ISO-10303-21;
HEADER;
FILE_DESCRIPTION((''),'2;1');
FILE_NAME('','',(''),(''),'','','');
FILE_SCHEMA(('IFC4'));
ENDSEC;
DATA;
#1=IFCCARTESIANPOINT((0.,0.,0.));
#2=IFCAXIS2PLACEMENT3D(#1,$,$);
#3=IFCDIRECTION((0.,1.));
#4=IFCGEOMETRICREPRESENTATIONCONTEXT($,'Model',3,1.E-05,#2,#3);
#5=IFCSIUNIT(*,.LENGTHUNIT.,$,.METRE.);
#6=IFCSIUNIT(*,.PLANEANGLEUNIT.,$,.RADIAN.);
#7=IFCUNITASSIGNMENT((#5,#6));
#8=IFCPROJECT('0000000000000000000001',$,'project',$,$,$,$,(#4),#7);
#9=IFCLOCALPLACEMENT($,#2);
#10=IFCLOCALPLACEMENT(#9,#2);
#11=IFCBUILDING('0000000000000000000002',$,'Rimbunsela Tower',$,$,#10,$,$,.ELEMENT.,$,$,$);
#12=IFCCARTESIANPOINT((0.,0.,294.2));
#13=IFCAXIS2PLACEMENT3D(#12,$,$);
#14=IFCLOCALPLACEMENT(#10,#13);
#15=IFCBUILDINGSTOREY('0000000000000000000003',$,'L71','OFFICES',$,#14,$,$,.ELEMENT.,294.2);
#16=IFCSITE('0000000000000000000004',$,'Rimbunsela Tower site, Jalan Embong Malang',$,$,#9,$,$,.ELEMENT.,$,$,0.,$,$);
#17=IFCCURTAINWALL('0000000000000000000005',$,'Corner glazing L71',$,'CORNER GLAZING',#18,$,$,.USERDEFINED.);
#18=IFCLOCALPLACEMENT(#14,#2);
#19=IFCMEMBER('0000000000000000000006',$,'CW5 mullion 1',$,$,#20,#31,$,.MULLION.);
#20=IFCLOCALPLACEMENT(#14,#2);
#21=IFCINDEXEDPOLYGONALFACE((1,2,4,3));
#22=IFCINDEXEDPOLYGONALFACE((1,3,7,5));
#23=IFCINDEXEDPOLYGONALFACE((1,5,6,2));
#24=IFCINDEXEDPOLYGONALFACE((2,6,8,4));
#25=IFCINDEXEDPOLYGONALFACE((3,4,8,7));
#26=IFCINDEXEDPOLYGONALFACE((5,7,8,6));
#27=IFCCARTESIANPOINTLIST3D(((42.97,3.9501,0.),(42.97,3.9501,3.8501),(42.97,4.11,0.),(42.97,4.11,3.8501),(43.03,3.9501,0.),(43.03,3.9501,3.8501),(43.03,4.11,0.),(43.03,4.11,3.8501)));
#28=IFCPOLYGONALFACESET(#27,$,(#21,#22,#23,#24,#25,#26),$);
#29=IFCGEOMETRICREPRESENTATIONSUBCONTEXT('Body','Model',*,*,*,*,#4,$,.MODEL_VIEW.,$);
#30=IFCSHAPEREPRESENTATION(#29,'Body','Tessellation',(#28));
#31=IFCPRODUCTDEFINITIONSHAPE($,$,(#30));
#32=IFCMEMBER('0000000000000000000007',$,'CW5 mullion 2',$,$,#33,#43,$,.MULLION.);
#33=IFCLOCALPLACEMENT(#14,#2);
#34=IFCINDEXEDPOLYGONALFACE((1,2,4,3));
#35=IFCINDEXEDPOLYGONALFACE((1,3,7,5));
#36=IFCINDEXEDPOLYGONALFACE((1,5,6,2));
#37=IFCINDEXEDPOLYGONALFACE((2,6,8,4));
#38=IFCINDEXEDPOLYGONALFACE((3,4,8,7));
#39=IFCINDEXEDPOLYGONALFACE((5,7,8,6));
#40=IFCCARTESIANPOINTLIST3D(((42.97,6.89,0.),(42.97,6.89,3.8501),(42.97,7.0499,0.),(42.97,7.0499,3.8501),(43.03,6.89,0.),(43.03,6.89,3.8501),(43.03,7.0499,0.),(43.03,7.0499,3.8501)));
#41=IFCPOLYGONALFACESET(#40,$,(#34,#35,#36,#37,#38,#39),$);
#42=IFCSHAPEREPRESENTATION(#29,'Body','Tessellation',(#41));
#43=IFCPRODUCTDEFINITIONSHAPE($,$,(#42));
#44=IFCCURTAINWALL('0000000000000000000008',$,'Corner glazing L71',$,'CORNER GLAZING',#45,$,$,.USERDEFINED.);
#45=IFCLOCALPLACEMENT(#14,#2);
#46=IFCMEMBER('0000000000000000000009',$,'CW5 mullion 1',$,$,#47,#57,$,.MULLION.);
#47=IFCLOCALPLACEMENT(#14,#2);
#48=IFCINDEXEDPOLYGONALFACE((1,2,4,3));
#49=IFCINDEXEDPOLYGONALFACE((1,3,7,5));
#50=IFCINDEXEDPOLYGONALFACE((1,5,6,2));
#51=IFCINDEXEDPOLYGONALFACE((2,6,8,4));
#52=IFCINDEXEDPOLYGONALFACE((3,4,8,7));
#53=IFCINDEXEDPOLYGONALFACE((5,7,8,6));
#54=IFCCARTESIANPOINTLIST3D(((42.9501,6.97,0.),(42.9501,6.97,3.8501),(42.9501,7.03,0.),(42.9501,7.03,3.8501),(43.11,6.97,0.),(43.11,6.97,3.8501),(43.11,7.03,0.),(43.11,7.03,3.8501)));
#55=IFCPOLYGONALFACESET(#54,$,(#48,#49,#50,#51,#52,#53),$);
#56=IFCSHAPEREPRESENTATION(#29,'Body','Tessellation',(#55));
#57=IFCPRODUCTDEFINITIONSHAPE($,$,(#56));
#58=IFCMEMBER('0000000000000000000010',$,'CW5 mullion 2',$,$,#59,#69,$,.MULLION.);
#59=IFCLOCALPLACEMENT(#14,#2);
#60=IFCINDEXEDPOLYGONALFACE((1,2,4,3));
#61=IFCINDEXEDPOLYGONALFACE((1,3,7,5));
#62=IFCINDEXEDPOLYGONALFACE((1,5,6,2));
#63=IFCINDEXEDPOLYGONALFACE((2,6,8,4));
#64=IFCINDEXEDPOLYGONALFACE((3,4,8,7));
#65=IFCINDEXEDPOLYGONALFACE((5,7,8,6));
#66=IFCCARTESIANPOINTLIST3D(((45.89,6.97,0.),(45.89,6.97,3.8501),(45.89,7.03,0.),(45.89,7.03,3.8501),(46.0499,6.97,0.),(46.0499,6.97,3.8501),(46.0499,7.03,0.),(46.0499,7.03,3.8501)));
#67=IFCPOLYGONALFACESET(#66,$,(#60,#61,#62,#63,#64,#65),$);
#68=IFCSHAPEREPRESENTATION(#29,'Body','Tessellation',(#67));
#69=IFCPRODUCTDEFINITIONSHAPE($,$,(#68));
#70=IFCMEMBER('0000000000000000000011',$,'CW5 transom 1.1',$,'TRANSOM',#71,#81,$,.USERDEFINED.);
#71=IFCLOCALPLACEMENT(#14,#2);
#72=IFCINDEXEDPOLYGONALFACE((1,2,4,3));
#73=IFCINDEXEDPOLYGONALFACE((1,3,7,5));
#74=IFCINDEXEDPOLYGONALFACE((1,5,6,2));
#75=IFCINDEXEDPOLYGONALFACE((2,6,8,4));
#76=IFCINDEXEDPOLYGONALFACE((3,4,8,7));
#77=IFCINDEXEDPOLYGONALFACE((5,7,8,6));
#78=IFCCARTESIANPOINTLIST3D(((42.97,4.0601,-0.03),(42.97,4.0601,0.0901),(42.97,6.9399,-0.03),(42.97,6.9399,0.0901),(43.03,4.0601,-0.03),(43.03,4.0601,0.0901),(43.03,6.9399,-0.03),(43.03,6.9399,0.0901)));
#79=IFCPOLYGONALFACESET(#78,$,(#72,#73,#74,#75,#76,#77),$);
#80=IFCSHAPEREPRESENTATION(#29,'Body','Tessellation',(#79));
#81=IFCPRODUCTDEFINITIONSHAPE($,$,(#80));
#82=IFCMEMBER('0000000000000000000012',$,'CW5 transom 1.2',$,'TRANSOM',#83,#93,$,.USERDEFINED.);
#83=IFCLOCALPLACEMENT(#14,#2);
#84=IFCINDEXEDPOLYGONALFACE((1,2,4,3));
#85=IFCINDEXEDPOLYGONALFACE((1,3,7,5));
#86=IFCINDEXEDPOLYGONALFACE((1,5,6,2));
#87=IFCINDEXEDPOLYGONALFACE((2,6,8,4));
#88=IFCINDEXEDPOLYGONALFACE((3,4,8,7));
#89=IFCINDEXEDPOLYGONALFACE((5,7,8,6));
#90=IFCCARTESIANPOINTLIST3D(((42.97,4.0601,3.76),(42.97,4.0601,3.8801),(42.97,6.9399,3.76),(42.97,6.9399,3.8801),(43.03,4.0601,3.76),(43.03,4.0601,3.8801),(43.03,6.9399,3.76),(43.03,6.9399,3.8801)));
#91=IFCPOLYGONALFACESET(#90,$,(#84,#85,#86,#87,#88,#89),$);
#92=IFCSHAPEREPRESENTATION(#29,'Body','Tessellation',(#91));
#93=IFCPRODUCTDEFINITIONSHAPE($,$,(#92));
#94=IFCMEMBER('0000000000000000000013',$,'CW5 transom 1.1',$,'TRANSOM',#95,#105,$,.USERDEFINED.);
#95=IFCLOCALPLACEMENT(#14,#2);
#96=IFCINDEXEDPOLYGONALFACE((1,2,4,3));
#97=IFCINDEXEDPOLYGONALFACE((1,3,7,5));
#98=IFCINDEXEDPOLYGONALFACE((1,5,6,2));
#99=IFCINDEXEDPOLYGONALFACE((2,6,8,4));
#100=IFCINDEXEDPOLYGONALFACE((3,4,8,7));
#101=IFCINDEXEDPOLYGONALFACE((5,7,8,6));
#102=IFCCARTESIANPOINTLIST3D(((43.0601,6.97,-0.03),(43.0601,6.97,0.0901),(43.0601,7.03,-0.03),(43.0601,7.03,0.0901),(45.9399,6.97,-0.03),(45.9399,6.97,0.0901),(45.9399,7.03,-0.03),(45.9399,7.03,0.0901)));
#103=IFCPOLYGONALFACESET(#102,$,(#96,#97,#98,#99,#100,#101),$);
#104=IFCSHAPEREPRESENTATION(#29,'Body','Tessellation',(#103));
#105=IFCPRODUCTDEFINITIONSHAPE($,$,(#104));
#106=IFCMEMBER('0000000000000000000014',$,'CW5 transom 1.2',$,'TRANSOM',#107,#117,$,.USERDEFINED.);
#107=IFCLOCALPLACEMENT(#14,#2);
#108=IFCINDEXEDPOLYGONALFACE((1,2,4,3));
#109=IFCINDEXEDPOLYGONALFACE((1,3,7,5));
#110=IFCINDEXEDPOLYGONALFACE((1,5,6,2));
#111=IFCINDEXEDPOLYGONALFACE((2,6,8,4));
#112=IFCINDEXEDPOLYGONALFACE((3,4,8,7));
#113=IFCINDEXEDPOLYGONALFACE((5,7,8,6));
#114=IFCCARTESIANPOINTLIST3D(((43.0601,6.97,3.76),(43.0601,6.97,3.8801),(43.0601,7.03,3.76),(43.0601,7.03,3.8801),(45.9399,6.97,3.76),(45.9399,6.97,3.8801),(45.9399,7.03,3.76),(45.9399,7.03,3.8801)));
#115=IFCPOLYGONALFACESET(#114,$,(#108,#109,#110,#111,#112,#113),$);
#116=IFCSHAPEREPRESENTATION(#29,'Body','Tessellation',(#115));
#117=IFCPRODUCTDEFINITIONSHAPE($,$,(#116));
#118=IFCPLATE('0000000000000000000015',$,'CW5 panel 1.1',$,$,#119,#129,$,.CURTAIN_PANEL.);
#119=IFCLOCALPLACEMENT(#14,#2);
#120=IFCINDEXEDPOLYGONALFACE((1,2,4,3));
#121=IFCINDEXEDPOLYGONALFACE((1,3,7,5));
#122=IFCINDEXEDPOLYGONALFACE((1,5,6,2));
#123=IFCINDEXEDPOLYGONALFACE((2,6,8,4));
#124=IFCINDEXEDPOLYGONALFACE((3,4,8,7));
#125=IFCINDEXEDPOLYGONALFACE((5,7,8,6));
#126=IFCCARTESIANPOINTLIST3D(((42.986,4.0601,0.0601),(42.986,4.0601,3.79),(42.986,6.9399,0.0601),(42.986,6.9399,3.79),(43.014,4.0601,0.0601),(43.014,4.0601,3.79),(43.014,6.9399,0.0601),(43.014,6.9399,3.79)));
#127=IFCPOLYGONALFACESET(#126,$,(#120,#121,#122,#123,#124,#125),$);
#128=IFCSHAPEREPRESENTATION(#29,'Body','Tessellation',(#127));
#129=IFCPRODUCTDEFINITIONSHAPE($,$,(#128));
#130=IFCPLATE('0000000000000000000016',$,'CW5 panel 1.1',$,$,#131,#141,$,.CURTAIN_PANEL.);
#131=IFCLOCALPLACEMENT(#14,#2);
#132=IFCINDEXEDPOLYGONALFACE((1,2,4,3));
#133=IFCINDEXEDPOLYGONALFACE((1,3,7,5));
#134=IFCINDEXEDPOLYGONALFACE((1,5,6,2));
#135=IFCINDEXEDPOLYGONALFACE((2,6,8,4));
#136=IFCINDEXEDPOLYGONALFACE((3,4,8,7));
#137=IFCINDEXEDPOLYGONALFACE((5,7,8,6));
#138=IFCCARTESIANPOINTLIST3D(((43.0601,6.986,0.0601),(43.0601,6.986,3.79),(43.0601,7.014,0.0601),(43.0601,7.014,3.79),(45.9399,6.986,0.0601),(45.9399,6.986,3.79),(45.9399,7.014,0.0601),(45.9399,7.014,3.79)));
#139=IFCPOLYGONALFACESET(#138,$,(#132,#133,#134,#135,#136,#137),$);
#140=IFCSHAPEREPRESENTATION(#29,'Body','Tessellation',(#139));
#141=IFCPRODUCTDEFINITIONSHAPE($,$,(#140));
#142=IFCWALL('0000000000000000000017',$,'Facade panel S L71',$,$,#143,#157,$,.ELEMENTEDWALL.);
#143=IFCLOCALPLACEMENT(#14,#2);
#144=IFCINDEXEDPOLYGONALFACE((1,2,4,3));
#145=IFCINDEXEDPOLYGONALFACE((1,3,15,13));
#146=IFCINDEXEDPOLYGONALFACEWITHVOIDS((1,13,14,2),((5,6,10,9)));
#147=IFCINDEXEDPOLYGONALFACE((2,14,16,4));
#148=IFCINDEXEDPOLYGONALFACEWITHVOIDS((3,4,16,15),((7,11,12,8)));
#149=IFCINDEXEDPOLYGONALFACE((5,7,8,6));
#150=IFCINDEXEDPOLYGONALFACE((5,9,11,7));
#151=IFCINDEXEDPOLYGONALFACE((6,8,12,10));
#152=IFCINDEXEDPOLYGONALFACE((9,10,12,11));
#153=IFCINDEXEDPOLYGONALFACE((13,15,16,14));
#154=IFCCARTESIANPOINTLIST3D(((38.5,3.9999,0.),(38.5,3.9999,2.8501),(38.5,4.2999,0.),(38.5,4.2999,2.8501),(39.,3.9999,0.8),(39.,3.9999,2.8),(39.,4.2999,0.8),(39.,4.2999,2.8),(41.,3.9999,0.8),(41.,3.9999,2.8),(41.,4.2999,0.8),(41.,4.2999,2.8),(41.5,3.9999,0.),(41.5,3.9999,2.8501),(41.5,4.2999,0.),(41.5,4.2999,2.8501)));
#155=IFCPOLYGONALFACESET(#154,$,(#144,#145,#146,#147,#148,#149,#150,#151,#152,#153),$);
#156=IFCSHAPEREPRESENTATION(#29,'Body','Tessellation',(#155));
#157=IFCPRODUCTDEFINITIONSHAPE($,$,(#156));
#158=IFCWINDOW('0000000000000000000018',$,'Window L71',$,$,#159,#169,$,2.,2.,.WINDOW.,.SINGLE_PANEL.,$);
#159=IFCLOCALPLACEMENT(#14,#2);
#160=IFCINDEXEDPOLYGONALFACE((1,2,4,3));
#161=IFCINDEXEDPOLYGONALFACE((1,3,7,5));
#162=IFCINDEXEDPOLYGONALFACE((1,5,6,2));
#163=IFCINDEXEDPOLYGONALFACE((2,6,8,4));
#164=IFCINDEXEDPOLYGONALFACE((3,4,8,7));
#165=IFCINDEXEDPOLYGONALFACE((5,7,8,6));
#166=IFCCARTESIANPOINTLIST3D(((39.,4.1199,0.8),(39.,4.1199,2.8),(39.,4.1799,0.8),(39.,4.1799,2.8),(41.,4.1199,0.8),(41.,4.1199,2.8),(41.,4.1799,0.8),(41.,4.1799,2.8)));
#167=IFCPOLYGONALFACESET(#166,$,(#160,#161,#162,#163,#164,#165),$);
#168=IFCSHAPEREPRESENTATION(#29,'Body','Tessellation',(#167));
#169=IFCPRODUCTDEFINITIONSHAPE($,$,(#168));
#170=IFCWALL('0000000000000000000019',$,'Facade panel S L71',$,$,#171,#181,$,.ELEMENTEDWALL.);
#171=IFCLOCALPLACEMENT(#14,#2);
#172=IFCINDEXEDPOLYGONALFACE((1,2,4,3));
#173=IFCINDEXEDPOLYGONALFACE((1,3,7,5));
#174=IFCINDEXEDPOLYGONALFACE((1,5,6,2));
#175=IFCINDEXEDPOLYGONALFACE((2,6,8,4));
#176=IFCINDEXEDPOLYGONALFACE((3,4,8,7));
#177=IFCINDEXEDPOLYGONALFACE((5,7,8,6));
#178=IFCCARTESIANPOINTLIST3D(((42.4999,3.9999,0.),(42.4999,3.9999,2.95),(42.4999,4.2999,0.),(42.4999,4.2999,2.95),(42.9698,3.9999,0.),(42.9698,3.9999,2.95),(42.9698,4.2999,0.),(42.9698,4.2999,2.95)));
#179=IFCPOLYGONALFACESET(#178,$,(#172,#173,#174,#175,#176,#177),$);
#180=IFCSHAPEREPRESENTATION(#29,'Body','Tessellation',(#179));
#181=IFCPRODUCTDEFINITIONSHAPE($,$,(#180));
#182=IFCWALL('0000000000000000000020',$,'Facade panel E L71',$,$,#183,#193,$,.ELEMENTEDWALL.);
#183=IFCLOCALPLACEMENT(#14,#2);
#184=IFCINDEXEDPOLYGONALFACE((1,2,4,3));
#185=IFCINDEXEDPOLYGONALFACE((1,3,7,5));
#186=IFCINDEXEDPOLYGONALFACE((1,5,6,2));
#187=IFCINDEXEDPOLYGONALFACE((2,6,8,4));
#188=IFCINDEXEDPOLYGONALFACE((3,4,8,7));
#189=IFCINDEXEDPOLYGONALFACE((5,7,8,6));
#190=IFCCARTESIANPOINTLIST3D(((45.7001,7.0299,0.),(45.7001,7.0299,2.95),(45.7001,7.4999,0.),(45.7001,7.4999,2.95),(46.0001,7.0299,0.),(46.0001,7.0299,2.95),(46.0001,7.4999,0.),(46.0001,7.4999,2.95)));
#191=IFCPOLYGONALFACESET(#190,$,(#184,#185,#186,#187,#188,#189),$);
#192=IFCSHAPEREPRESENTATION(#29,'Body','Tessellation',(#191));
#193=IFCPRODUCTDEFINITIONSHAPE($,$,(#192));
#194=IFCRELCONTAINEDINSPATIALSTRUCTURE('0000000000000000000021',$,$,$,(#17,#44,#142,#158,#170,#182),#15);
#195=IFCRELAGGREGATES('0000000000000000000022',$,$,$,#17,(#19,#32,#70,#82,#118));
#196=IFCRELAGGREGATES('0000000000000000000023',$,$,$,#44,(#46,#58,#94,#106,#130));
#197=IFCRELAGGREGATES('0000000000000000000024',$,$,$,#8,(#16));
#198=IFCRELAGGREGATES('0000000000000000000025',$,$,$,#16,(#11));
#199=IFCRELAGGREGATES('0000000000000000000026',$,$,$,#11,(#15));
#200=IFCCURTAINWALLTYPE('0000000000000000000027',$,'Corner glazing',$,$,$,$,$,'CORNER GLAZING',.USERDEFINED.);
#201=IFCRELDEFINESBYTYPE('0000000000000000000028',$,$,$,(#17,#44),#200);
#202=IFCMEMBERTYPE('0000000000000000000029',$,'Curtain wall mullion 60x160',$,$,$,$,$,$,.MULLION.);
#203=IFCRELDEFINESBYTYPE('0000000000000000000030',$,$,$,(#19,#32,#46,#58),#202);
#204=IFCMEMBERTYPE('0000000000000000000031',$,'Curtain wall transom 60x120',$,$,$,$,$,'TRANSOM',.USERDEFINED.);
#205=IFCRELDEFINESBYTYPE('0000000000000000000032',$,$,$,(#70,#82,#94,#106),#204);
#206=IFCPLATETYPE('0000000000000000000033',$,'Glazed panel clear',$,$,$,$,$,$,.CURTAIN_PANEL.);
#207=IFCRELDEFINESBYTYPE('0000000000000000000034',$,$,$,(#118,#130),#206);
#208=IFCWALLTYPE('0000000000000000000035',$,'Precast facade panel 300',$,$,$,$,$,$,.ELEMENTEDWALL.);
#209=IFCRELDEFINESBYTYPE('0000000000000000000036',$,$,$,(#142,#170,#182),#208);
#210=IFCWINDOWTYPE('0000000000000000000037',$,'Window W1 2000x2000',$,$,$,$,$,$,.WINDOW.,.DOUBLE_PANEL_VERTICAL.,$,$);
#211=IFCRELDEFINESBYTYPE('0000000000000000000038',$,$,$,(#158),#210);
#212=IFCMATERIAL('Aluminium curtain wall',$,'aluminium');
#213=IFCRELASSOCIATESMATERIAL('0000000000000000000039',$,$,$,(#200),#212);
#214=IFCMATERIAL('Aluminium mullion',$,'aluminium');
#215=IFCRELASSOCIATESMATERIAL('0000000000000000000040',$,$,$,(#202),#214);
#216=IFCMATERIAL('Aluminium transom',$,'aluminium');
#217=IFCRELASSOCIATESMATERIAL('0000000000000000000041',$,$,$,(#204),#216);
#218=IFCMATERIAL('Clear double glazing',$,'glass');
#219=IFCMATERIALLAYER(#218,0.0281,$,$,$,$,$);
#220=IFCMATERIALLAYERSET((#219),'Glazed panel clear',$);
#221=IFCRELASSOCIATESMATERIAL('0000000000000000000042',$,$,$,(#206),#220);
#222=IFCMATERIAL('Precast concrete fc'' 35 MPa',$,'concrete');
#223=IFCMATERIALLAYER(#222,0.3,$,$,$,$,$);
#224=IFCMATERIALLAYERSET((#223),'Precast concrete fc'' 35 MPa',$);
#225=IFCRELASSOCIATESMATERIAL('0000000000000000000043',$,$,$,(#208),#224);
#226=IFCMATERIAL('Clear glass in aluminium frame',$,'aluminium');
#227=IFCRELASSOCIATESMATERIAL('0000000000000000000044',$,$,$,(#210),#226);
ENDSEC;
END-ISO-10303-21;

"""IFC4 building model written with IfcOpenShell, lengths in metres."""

from ifc_helpers import new_model, si_unit, direction, frame, frame_2d, origin, origin_2d, place, context, subcontext, project, spatial, rectangle, extrude, material, layer, layer_set, material_profile, profile_set, type_object, element, fill, aggregate, save


model = new_model("IFC4")

# Units and contexts
model_context = context("Model", 3, precision=1e-05, world=origin(), true_north=direction((0.0, 1.0)))
body_context = subcontext(model_context, "Body", "Model", "MODEL_VIEW")
ifc_project = project(units=[si_unit("LENGTHUNIT", "METRE"), si_unit("PLANEANGLEUNIT", "RADIAN")], contexts=[model_context])

# Site, building, storey
site_placement = place(None, origin())
site = spatial("IfcSite", under=ifc_project, at=site_placement, Name="Rimbunsela Tower site, Jalan Embong Malang", CompositionType="ELEMENT", RefElevation=0.0)
building_placement = place(site_placement, origin())
building = spatial("IfcBuilding", under=site, at=building_placement, Name="Rimbunsela Tower", CompositionType="ELEMENT")
storey_placement = place(building_placement, frame((0.0, 0.0, 294.2)))
storey = spatial("IfcBuildingStorey", under=building, at=storey_placement, Name="L71", Description="OFFICES", CompositionType="ELEMENT", Elevation=294.2)

# Curtain walls, members
ifc_material_1 = material(Name="Aluminium curtain wall", Category="aluminium")
curtain_wall_type = type_object("IfcCurtainWallType", Name="Corner glazing", ElementType="CORNER GLAZING", PredefinedType="USERDEFINED", material=ifc_material_1)
curtain_wall_1_placement = place(storey_placement, origin())
curtain_wall_1 = element("IfcCurtainWall", 1, at=curtain_wall_1_placement, inside=storey, type_object=curtain_wall_type, Name="Corner glazing L71", ObjectType="CORNER GLAZING", PredefinedType="USERDEFINED")
ifc_material_2 = material(Name="Aluminium mullion", Category="aluminium")
ifc_material_profile_1 = material_profile(ifc_material_2, rectangle(XDim=0.0601, YDim=0.1599, at=origin_2d()), Name="Mullion 60x160")
ifc_profile_set_1 = profile_set([ifc_material_profile_1], Name="Aluminium mullion")
member_type_1 = type_object("IfcMemberType", Name="Curtain wall mullion 60x160", PredefinedType="MULLION", material=ifc_profile_set_1)
member_1_placement = place(storey_placement, frame((43.0, 4.03, 0.0), z_axis=(0.0, 0.0, 1.0), x_axis=(-1.0, 0.0, 0.0)))
member_1 = element("IfcMember", 2, at=member_1_placement, type_object=member_type_1, Name="CW5 mullion 1", PredefinedType="MULLION", context=body_context, shape_type="SweptSolid", body=[
    extrude(rectangle(XDim=0.0601, YDim=0.1599, at=origin_2d()), origin(), (0.0, 0.0, 1.0), 3.8501),
])
member_2_placement = place(storey_placement, frame((43.0, 6.97, 0.0), z_axis=(0.0, 0.0, 1.0), x_axis=(-1.0, 0.0, 0.0)))
member_2 = element("IfcMember", 3, at=member_2_placement, type_object=member_type_1, Name="CW5 mullion 2", PredefinedType="MULLION", context=body_context, shape_type="SweptSolid", body=[
    extrude(rectangle(XDim=0.0601, YDim=0.1599, at=origin_2d()), origin(), (0.0, 0.0, 1.0), 3.8501),
])
curtain_wall_2_placement = place(storey_placement, origin())
curtain_wall_2 = element("IfcCurtainWall", 4, at=curtain_wall_2_placement, inside=storey, type_object=curtain_wall_type, Name="Corner glazing L71", ObjectType="CORNER GLAZING", PredefinedType="USERDEFINED")
member_3_placement = place(storey_placement, frame((43.03, 7.0, 0.0), z_axis=(0.0, 0.0, 1.0), x_axis=(0.0, 1.0, 0.0)))
member_3 = element("IfcMember", 5, at=member_3_placement, type_object=member_type_1, Name="CW5 mullion 1", PredefinedType="MULLION", context=body_context, shape_type="SweptSolid", body=[
    extrude(rectangle(XDim=0.0601, YDim=0.1599, at=origin_2d()), origin(), (0.0, 0.0, 1.0), 3.8501),
])
member_4_placement = place(storey_placement, frame((45.97, 7.0, 0.0), z_axis=(0.0, 0.0, 1.0), x_axis=(0.0, 1.0, 0.0)))
member_4 = element("IfcMember", 6, at=member_4_placement, type_object=member_type_1, Name="CW5 mullion 2", PredefinedType="MULLION", context=body_context, shape_type="SweptSolid", body=[
    extrude(rectangle(XDim=0.0601, YDim=0.1599, at=origin_2d()), origin(), (0.0, 0.0, 1.0), 3.8501),
])

# Members
ifc_material_3 = material(Name="Aluminium transom", Category="aluminium")
ifc_material_profile_2 = material_profile(ifc_material_3, rectangle(XDim=0.0601, YDim=0.1201, at=origin_2d()), Name="Transom 60x120")
ifc_profile_set_2 = profile_set([ifc_material_profile_2], Name="Aluminium transom")
member_type_2 = type_object("IfcMemberType", Name="Curtain wall transom 60x120", ElementType="TRANSOM", PredefinedType="USERDEFINED", material=ifc_profile_set_2)
member_5_placement = place(storey_placement, frame((43.0, 4.0601, 0.03), z_axis=(0.0, 1.0, 0.0), x_axis=(-1.0, 0.0, 0.0)))
member_5 = element("IfcMember", 7, at=member_5_placement, type_object=member_type_2, Name="CW5 transom 1.1", ObjectType="TRANSOM", PredefinedType="USERDEFINED", context=body_context, shape_type="SweptSolid", body=[
    extrude(rectangle(XDim=0.0601, YDim=0.1201, at=origin_2d()), origin(), (0.0, 0.0, 1.0), 2.8799),
])
member_6_placement = place(storey_placement, frame((43.0, 4.0601, 3.8201), z_axis=(0.0, 1.0, 0.0), x_axis=(-1.0, 0.0, 0.0)))
member_6 = element("IfcMember", 8, at=member_6_placement, type_object=member_type_2, Name="CW5 transom 1.2", ObjectType="TRANSOM", PredefinedType="USERDEFINED", context=body_context, shape_type="SweptSolid", body=[
    extrude(rectangle(XDim=0.0601, YDim=0.1201, at=origin_2d()), origin(), (0.0, 0.0, 1.0), 2.8799),
])
member_7_placement = place(storey_placement, frame((43.0601, 7.0, 0.03), z_axis=(1.0, 0.0, 0.0), x_axis=(0.0, 1.0, 0.0)))
member_7 = element("IfcMember", 9, at=member_7_placement, type_object=member_type_2, Name="CW5 transom 1.1", ObjectType="TRANSOM", PredefinedType="USERDEFINED", context=body_context, shape_type="SweptSolid", body=[
    extrude(rectangle(XDim=0.0601, YDim=0.1201, at=origin_2d()), origin(), (0.0, 0.0, 1.0), 2.8799),
])
member_8_placement = place(storey_placement, frame((43.0601, 7.0, 3.8201), z_axis=(1.0, 0.0, 0.0), x_axis=(0.0, 1.0, 0.0)))
member_8 = element("IfcMember", 10, at=member_8_placement, type_object=member_type_2, Name="CW5 transom 1.2", ObjectType="TRANSOM", PredefinedType="USERDEFINED", context=body_context, shape_type="SweptSolid", body=[
    extrude(rectangle(XDim=0.0601, YDim=0.1201, at=origin_2d()), origin(), (0.0, 0.0, 1.0), 2.8799),
])

# Plates
ifc_material_4 = material(Name="Clear double glazing", Category="glass")
ifc_layer_1 = layer(ifc_material_4, 0.0281)
ifc_layer_set_1 = layer_set([ifc_layer_1], Name="Glazed panel clear")
plate_type = type_object("IfcPlateType", Name="Glazed panel clear", PredefinedType="CURTAIN_PANEL", material=ifc_layer_set_1)
plate_1_placement = place(storey_placement, frame((43.0, 5.5, 0.0601), z_axis=(0.0, 0.0, 1.0), x_axis=(0.0, 1.0, 0.0)))
plate_1 = element("IfcPlate", 11, at=plate_1_placement, type_object=plate_type, Name="CW5 panel 1.1", PredefinedType="CURTAIN_PANEL", context=body_context, shape_type="SweptSolid", body=[
    extrude(rectangle(XDim=2.8799, YDim=0.0281, at=origin_2d()), origin(), (0.0, 0.0, 1.0), 3.73),
])
aggregate(curtain_wall_1, [member_1, member_2, member_5, member_6, plate_1])
plate_2_placement = place(storey_placement, frame((44.5, 7.0, 0.0601), z_axis=(0.0, 0.0, 1.0), x_axis=(1.0, 0.0, 0.0)))
plate_2 = element("IfcPlate", 12, at=plate_2_placement, type_object=plate_type, Name="CW5 panel 1.1", PredefinedType="CURTAIN_PANEL", context=body_context, shape_type="SweptSolid", body=[
    extrude(rectangle(XDim=2.8799, YDim=0.0281, at=origin_2d()), origin(), (0.0, 0.0, 1.0), 3.73),
])
aggregate(curtain_wall_2, [member_3, member_4, member_7, member_8, plate_2])

# Wall, opening, window
ifc_material_5 = material(Name="Precast concrete fc' 35 MPa", Category="concrete")
ifc_layer_2 = layer(ifc_material_5, 0.3)
ifc_layer_set_2 = layer_set([ifc_layer_2], Name="Precast concrete fc' 35 MPa")
wall_type = type_object("IfcWallType", Name="Precast facade panel 300", PredefinedType="ELEMENTEDWALL", material=ifc_layer_set_2)
wall_placement = place(storey_placement, frame((38.5, 4.1499, 0.0), z_axis=(0.0, 0.0, 1.0), x_axis=(1.0, 0.0, 0.0)))
wall = element("IfcWall", 13, at=wall_placement, inside=storey, type_object=wall_type, Name="Facade panel S L71", PredefinedType="ELEMENTEDWALL", context=body_context, shape_type="SweptSolid", body=[
    extrude(rectangle(XDim=3.0, YDim=0.3, at=frame_2d((1.5, 0.0))), origin(), (0.0, 0.0, 1.0), 2.8501),
])
opening_placement = place(wall_placement, frame((0.5, 0.0, 0.8)))
opening = element("IfcOpeningElement", 14, at=opening_placement, cuts=wall, PredefinedType="OPENING", context=body_context, shape_type="SweptSolid", body=[
    extrude(rectangle(XDim=2.0, YDim=2.0, at=frame_2d((1.0, 1.0))), frame((0.0, 0.1599, 0.0), z_axis=(0.0, -1.0, 0.0), x_axis=(1.0, 0.0, 0.0)), (0.0, 0.0, 1.0), 0.3201),
])
ifc_material_6 = material(Name="Clear glass in aluminium frame", Category="aluminium")
window_type = type_object("IfcWindowType", Name="Window W1 2000x2000", PartitioningType="DOUBLE_PANEL_VERTICAL", PredefinedType="WINDOW", material=ifc_material_6)
window_placement = place(opening_placement, origin())
window = element("IfcWindow", 15, at=window_placement, inside=storey, type_object=window_type, Name="Window L71", OverallHeight=2.0, OverallWidth=2.0, PartitioningType="SINGLE_PANEL", PredefinedType="WINDOW", context=body_context, shape_type="SweptSolid", body=[
    extrude(rectangle(XDim=2.0, YDim=2.0, at=frame_2d((1.0, 1.0))), frame((0.0, 0.03, 0.0), z_axis=(0.0, -1.0, 0.0), x_axis=(1.0, 0.0, 0.0)), (0.0, 0.0, 1.0), 0.0601),
])
fill(opening, window)

# Walls
for number, where, z_axis, x_axis, name in (
    (16, (42.5, 4.1499, 0.0), (0.0, 0.0, 1.0), (1.0, 0.0, 0.0), "Facade panel S L71"),
    (17, (45.8501, 7.03, 0.0), (0.0, 0.0, 1.0), (0.0, 1.0, 0.0), "Facade panel E L71"),
):
    element("IfcWall", number, at=place(storey_placement, frame(where, z_axis=z_axis, x_axis=x_axis)), inside=storey, type_object=wall_type, Name=name, PredefinedType="ELEMENTEDWALL", context=body_context, shape_type="SweptSolid", body=[
        extrude(rectangle(XDim=0.47, YDim=0.3, at=frame_2d((0.2349, 0.0))), origin(), (0.0, 0.0, 1.0), 2.95),
    ])

save(model, "model.ifc")
